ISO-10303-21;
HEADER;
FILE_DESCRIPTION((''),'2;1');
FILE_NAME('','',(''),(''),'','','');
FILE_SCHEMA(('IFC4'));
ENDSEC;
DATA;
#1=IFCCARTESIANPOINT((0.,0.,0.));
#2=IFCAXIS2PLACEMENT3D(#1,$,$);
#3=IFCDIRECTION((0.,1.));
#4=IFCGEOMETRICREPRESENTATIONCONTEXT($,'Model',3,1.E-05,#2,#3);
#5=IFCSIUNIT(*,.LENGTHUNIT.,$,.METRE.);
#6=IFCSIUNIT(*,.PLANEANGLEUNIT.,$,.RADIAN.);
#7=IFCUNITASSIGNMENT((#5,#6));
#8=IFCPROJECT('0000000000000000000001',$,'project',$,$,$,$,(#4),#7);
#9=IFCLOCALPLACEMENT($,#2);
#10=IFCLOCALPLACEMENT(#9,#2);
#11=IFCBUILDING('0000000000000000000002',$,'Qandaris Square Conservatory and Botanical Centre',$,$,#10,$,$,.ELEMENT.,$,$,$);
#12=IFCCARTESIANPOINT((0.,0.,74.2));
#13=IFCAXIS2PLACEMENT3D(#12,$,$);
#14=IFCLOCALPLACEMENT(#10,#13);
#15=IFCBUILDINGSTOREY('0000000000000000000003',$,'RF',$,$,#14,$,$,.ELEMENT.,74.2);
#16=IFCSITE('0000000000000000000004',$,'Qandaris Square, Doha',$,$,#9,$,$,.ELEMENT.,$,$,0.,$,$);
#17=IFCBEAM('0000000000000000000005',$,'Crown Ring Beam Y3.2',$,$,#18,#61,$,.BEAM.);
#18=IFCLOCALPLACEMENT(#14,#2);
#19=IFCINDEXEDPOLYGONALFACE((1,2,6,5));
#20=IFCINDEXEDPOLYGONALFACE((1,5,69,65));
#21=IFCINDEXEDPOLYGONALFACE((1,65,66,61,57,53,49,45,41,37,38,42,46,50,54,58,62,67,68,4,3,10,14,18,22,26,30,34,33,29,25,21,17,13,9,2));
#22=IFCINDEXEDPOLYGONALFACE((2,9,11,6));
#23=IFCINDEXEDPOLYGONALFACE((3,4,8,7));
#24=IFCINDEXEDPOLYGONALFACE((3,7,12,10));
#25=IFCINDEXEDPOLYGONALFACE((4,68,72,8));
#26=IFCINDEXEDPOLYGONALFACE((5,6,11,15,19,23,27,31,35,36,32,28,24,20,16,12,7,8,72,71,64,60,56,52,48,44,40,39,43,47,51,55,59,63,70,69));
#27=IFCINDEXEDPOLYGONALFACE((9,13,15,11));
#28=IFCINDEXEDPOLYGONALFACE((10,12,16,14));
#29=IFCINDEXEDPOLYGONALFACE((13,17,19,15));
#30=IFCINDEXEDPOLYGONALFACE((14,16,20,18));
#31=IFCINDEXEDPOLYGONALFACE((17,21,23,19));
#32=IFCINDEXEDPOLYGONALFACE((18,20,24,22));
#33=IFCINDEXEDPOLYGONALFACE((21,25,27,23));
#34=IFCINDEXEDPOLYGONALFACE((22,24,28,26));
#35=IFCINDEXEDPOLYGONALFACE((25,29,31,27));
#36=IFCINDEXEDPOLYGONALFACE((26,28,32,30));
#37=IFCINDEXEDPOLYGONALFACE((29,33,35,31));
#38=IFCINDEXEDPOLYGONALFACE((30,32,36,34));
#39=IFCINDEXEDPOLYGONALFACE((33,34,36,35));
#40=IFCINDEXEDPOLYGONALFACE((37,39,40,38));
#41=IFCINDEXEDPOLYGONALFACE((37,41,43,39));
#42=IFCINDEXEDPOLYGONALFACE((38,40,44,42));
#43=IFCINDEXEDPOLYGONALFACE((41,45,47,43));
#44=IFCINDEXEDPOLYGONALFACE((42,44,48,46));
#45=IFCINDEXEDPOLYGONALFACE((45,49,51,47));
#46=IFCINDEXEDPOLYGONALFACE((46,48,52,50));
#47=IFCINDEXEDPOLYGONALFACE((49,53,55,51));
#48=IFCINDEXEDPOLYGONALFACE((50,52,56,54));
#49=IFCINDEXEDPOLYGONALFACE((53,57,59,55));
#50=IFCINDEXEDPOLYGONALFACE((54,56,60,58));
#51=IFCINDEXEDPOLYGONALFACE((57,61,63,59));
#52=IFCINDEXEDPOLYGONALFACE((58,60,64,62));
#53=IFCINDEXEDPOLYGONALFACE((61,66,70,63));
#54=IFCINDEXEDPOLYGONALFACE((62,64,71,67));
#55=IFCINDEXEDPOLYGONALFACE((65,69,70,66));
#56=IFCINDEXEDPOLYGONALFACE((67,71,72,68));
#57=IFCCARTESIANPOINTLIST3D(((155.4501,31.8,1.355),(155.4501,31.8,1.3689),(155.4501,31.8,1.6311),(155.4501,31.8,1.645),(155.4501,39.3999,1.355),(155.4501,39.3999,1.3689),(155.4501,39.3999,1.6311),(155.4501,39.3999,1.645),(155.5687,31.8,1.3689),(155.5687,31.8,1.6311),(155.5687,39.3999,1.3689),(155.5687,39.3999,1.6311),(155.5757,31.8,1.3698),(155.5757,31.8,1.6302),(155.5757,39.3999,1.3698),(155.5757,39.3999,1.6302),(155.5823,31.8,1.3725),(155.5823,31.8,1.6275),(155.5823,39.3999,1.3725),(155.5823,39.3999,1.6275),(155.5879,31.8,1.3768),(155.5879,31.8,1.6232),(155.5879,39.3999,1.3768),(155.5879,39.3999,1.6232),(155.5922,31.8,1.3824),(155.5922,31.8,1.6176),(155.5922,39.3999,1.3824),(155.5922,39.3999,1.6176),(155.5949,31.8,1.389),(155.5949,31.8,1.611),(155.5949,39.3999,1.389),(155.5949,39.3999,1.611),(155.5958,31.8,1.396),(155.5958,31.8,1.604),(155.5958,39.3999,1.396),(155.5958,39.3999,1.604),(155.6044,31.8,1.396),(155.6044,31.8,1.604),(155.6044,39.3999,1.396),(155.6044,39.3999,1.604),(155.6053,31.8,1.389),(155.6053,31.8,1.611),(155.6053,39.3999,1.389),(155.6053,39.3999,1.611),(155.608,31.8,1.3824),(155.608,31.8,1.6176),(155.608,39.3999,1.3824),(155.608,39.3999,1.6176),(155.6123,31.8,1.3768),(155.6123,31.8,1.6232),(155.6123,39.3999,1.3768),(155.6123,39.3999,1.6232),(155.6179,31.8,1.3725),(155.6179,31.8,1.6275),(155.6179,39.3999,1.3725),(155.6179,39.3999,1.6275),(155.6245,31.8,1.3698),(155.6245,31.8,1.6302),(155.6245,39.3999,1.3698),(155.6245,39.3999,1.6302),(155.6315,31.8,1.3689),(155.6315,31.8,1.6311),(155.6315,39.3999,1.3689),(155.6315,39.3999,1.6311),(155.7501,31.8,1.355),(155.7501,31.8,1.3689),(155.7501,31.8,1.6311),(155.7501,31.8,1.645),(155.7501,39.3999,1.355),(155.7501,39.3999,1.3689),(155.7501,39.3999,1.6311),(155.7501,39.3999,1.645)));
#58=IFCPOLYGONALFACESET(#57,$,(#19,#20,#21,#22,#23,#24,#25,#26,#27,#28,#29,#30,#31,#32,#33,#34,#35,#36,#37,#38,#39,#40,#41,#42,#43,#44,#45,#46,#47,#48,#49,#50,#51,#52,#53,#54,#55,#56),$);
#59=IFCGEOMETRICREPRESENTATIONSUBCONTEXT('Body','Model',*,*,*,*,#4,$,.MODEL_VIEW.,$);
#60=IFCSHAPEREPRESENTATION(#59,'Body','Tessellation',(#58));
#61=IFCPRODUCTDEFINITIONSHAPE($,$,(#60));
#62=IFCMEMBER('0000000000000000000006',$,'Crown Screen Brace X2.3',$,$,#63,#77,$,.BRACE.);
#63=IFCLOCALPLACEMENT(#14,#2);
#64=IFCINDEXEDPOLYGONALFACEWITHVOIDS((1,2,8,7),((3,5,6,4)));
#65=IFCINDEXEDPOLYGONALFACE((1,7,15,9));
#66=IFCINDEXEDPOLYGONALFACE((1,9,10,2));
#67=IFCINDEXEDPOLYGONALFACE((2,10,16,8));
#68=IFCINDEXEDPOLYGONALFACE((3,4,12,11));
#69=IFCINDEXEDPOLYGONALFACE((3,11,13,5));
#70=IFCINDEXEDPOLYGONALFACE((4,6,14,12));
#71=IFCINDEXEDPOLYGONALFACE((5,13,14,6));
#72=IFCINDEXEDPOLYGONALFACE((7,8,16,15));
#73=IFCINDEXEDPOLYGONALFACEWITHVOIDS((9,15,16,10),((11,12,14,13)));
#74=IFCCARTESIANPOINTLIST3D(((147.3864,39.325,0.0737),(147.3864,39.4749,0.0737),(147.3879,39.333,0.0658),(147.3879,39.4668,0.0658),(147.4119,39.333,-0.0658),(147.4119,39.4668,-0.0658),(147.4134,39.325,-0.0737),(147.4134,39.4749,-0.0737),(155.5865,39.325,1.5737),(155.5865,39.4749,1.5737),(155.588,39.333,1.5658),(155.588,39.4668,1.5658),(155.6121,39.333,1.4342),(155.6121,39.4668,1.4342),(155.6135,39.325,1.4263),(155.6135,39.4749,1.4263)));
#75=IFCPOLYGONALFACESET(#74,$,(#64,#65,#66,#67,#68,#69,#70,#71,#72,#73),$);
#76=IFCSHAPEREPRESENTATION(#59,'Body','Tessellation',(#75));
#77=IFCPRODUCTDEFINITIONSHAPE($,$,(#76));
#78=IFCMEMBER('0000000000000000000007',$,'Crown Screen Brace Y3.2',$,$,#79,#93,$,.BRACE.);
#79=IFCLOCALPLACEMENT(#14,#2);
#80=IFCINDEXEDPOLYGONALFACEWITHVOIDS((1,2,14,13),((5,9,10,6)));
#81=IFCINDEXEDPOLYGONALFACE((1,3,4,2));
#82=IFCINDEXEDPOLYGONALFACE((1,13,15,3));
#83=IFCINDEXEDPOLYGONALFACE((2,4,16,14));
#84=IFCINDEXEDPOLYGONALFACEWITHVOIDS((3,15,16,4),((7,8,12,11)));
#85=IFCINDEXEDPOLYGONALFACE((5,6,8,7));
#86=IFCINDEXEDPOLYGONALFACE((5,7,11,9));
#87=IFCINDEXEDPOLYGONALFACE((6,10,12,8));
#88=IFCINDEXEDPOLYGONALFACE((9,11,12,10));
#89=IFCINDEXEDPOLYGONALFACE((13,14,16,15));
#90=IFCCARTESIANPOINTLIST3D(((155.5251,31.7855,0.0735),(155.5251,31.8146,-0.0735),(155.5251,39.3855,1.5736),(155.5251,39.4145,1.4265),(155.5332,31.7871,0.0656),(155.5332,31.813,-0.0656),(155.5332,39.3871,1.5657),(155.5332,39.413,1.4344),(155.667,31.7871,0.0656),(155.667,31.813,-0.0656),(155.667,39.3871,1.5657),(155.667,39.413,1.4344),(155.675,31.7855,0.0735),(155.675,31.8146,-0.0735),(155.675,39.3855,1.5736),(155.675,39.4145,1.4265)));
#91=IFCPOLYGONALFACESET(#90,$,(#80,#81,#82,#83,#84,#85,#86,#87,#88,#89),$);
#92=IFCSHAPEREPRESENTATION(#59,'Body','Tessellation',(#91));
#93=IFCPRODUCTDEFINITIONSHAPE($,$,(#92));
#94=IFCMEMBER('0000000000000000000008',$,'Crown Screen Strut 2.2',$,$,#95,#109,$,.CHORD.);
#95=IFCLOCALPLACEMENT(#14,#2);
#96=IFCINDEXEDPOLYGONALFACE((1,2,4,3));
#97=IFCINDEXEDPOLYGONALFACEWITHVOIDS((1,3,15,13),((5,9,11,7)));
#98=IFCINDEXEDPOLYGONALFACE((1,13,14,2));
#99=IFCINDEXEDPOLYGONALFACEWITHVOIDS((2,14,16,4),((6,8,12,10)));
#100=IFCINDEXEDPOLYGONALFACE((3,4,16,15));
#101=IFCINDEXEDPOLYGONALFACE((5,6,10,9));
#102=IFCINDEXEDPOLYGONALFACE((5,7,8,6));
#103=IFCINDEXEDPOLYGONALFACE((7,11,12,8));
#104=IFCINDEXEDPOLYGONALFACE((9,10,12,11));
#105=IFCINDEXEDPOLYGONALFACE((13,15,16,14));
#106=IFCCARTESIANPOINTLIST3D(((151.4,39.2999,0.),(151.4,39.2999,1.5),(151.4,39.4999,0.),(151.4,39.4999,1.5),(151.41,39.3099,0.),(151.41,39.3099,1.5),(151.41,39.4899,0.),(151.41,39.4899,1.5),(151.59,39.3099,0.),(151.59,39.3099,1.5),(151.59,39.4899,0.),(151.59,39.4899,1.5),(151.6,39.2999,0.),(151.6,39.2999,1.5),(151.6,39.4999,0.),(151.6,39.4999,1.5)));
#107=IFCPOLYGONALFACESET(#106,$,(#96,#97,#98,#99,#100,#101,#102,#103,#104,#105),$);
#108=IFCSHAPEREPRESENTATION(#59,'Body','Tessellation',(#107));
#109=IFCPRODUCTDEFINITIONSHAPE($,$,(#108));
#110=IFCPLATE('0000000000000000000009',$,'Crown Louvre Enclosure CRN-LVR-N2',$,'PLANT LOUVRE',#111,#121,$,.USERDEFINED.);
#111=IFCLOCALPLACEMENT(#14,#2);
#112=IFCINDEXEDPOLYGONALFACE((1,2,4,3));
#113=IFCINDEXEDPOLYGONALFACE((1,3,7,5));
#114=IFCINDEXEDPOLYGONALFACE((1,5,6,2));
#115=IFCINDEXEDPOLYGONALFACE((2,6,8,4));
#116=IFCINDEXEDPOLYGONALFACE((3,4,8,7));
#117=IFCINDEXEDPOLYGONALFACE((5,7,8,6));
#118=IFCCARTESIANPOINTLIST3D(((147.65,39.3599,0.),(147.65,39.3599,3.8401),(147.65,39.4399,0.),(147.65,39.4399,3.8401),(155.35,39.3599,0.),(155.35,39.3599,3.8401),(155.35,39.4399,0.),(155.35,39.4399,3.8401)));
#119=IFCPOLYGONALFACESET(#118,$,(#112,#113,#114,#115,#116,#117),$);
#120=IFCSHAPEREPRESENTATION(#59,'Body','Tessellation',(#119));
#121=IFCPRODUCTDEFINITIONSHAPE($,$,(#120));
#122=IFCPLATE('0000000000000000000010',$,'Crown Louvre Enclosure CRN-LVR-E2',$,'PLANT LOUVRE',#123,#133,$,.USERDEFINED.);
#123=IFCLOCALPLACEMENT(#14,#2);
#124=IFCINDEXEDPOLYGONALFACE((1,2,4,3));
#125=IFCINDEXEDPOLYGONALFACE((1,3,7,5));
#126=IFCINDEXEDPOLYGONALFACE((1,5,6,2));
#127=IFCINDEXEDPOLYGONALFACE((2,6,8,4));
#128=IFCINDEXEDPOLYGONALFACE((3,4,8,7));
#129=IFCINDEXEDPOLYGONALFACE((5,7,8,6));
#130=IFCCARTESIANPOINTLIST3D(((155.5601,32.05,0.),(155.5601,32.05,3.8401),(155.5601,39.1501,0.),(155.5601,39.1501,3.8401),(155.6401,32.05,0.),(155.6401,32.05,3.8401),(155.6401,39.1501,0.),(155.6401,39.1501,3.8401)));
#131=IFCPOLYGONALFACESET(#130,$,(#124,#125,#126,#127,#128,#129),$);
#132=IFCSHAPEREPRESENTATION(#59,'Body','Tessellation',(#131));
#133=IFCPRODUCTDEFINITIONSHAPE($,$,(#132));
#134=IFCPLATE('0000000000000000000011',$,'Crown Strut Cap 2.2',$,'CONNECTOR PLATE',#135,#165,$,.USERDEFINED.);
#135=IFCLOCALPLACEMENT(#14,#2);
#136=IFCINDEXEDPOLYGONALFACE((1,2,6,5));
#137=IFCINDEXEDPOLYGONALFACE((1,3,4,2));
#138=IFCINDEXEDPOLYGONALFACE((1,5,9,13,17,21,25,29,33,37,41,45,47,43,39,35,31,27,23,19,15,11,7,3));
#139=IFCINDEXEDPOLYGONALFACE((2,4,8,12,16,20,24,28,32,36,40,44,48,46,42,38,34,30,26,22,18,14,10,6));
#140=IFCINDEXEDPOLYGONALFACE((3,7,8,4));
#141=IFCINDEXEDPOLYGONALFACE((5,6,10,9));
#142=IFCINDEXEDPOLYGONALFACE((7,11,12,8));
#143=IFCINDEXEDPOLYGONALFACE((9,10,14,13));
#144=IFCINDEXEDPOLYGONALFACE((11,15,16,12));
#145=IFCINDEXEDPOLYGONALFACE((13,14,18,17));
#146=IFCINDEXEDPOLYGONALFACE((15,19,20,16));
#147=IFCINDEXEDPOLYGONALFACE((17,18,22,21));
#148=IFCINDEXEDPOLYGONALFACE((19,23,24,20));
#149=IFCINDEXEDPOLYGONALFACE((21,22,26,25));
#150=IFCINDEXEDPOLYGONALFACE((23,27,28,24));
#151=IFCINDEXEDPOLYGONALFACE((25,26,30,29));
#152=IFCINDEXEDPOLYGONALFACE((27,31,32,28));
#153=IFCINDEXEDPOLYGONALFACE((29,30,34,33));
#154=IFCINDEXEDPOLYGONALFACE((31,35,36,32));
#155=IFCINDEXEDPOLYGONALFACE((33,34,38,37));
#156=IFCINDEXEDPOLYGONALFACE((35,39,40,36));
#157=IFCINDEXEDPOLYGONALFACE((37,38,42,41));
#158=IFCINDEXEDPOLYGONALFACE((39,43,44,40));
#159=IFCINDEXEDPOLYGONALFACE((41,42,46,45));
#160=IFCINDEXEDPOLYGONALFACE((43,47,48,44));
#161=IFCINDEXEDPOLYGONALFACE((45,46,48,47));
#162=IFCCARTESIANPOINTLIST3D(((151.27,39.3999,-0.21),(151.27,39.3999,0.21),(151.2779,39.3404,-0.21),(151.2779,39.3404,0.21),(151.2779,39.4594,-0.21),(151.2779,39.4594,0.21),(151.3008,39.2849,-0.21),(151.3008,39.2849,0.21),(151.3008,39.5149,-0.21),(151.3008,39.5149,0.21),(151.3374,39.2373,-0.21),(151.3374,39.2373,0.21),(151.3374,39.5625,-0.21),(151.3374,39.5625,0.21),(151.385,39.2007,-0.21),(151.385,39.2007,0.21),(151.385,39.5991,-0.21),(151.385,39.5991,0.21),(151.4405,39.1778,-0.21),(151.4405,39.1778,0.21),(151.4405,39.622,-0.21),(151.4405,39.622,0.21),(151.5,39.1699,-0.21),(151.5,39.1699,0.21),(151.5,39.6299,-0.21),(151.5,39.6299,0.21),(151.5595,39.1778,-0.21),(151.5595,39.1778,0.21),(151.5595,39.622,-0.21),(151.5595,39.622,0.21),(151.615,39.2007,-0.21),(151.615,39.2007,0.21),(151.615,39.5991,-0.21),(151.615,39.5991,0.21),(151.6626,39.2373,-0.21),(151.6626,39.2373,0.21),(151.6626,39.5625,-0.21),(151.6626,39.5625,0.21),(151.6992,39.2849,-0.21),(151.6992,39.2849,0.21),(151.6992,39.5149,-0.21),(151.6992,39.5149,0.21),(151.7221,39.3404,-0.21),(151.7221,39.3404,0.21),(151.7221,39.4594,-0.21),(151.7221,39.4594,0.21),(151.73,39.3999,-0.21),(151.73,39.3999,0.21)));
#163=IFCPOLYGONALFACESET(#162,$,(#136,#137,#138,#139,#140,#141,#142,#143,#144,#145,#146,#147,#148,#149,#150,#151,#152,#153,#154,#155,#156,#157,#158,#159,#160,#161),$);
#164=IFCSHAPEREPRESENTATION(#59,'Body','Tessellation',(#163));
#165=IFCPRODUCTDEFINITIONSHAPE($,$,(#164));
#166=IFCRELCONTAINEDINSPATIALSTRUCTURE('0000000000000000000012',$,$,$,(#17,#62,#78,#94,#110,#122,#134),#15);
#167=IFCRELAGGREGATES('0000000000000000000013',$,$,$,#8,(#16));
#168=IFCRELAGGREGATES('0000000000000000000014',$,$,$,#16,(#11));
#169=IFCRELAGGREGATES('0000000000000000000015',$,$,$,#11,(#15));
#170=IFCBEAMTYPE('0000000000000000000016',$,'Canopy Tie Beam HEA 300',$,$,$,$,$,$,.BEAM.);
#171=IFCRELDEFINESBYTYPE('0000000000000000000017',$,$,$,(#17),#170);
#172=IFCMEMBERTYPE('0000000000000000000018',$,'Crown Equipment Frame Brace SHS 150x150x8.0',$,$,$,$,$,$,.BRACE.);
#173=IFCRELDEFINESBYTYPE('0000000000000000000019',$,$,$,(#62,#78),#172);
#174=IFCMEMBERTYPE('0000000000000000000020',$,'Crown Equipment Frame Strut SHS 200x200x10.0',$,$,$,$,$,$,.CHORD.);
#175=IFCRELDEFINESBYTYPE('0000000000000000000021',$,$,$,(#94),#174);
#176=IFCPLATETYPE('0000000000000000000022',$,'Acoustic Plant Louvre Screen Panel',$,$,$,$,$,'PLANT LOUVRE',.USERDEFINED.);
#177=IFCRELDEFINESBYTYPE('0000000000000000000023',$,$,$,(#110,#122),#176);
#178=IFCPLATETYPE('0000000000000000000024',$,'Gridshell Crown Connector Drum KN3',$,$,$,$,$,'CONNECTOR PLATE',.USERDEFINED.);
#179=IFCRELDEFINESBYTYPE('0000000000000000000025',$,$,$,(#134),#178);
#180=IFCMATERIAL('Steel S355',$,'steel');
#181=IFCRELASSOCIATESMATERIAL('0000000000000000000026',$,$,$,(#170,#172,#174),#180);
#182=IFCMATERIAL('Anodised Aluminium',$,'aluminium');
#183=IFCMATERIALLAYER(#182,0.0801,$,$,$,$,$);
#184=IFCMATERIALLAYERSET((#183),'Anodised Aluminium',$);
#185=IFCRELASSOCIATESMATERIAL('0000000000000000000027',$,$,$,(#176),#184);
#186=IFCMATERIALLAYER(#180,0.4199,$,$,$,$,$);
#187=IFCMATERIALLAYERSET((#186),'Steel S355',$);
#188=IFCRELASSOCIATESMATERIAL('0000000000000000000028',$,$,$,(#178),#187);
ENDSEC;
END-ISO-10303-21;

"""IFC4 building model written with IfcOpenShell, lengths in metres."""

from ifc_helpers import new_model, si_unit, direction, frame, origin, origin_2d, place, context, subcontext, project, spatial, rectangle, hollow_rectangle, circle, i_section, extrude, material, layer, layer_set, material_profile, profile_set, type_object, element, save


model = new_model("IFC4")

# Units and contexts
model_context = context("Model", 3, precision=1e-05, world=origin(), true_north=direction((0.0, 1.0)))
body_context = subcontext(model_context, "Body", "Model", "MODEL_VIEW")
ifc_project = project(units=[si_unit("LENGTHUNIT", "METRE"), si_unit("PLANEANGLEUNIT", "RADIAN")], contexts=[model_context])

# Site, building, storey
site_placement = place(None, origin())
site = spatial("IfcSite", under=ifc_project, at=site_placement, Name="Qandaris Square, Doha", CompositionType="ELEMENT", RefElevation=0.0)
building_placement = place(site_placement, origin())
building = spatial("IfcBuilding", under=site, at=building_placement, Name="Qandaris Square Conservatory and Botanical Centre", CompositionType="ELEMENT")
storey_placement = place(building_placement, frame((0.0, 0.0, 74.2)))
storey = spatial("IfcBuildingStorey", under=building, at=storey_placement, Name="RF", CompositionType="ELEMENT", Elevation=74.2)

# Beam
ifc_material_1 = material(Name="Steel S355", Category="steel")
ifc_material_profile_1 = material_profile(ifc_material_1, i_section(OverallWidth=0.3, OverallDepth=0.29, WebThickness=0.0085, FlangeThickness=0.0139, FilletRadius=0.0271, at=origin_2d()), Name="HEA 300")
ifc_profile_set_1 = profile_set([ifc_material_profile_1], Name="Steel S355")
beam_type = type_object("IfcBeamType", Name="Canopy Tie Beam HEA 300", PredefinedType="BEAM", material=ifc_profile_set_1)
for number, where, z_axis, x_axis, name in (
    (1, (155.6001, 31.8, 1.5), (0.0, 1.0, 0.0), (-1.0, 0.0, 0.0), "Crown Ring Beam Y3.2"),
):
    element("IfcBeam", number, at=place(storey_placement, frame(where, z_axis=z_axis, x_axis=x_axis)), inside=storey, type_object=beam_type, Name=name, PredefinedType="BEAM", context=body_context, shape_type="SweptSolid", body=[
        extrude(i_section(OverallWidth=0.3, OverallDepth=0.29, WebThickness=0.0085, FlangeThickness=0.0139, FilletRadius=0.0271, at=origin_2d()), origin(), (0.0, 0.0, 1.0), 7.5999),
    ])

# Members
ifc_material_profile_2 = material_profile(ifc_material_1, hollow_rectangle(XDim=0.1499, YDim=0.1499, WallThickness=0.0081, at=origin_2d()), Name="SHS 150x150x8.0")
ifc_profile_set_2 = profile_set([ifc_material_profile_2], Name="Steel S355")
member_type_1 = type_object("IfcMemberType", Name="Crown Equipment Frame Brace SHS 150x150x8.0", PredefinedType="BRACE", material=ifc_profile_set_2)
member_1_placement = place(storey_placement, frame((147.3999, 39.3999, 0.0), z_axis=(0.983678, 0.0, 0.179937), x_axis=(0.0, 1.0, 0.0)))
element("IfcMember", 2, at=member_1_placement, inside=storey, type_object=member_type_1, Name="Crown Screen Brace X2.3", PredefinedType="BRACE", context=body_context, shape_type="SweptSolid", body=[
    extrude(hollow_rectangle(XDim=0.1499, YDim=0.1499, WallThickness=0.0081, at=origin_2d()), origin(), (0.0, 0.0, 1.0), 8.3362),
])
member_2_placement = place(storey_placement, frame((155.6001, 31.8, 0.0), z_axis=(0.0, 0.981073, 0.193637), x_axis=(-1.0, 0.0, 0.0)))
element("IfcMember", 3, at=member_2_placement, inside=storey, type_object=member_type_1, Name="Crown Screen Brace Y3.2", PredefinedType="BRACE", context=body_context, shape_type="SweptSolid", body=[
    extrude(hollow_rectangle(XDim=0.1499, YDim=0.1499, WallThickness=0.0081, at=origin_2d()), origin(), (0.0, 0.0, 1.0), 7.7466),
])
ifc_material_profile_3 = material_profile(ifc_material_1, hollow_rectangle(XDim=0.2, YDim=0.2, WallThickness=0.01, at=origin_2d()), Name="SHS 200x200x10.0")
ifc_profile_set_3 = profile_set([ifc_material_profile_3], Name="Steel S355")
member_type_2 = type_object("IfcMemberType", Name="Crown Equipment Frame Strut SHS 200x200x10.0", PredefinedType="CHORD", material=ifc_profile_set_3)
member_3_placement = place(storey_placement, frame((151.5, 39.3999, 0.0), z_axis=(0.0, 0.0, 1.0), x_axis=(1.0, 0.0, 0.0)))
element("IfcMember", 4, at=member_3_placement, inside=storey, type_object=member_type_2, Name="Crown Screen Strut 2.2", PredefinedType="CHORD", context=body_context, shape_type="SweptSolid", body=[
    extrude(hollow_rectangle(XDim=0.2, YDim=0.2, WallThickness=0.01, at=origin_2d()), origin(), (0.0, 0.0, 1.0), 1.5),
])

# Plates
ifc_material_2 = material(Name="Anodised Aluminium", Category="aluminium")
ifc_layer_1 = layer(ifc_material_2, 0.0801)
ifc_layer_set_1 = layer_set([ifc_layer_1], Name="Anodised Aluminium")
plate_type_1 = type_object("IfcPlateType", Name="Acoustic Plant Louvre Screen Panel", ElementType="PLANT LOUVRE", PredefinedType="USERDEFINED", material=ifc_layer_set_1)
plate_1_placement = place(storey_placement, frame((151.5, 39.3999, 0.0), z_axis=(0.0, 0.0, 1.0), x_axis=(1.0, 0.0, 0.0)))
element("IfcPlate", 5, at=plate_1_placement, inside=storey, type_object=plate_type_1, Name="Crown Louvre Enclosure CRN-LVR-N2", ObjectType="PLANT LOUVRE", PredefinedType="USERDEFINED", context=body_context, shape_type="SweptSolid", body=[
    extrude(rectangle(XDim=7.7, YDim=0.0801, at=origin_2d()), origin(), (0.0, 0.0, 1.0), 3.8401),
])
plate_2_placement = place(storey_placement, frame((155.6001, 35.6001, 0.0), z_axis=(0.0, 0.0, 1.0), x_axis=(0.0, 1.0, 0.0)))
element("IfcPlate", 6, at=plate_2_placement, inside=storey, type_object=plate_type_1, Name="Crown Louvre Enclosure CRN-LVR-E2", ObjectType="PLANT LOUVRE", PredefinedType="USERDEFINED", context=body_context, shape_type="SweptSolid", body=[
    extrude(rectangle(XDim=7.1001, YDim=0.0801, at=origin_2d()), origin(), (0.0, 0.0, 1.0), 3.8401),
])
ifc_layer_2 = layer(ifc_material_1, 0.4199)
ifc_layer_set_2 = layer_set([ifc_layer_2], Name="Steel S355")
plate_type_2 = type_object("IfcPlateType", Name="Gridshell Crown Connector Drum KN3", ElementType="CONNECTOR PLATE", PredefinedType="USERDEFINED", material=ifc_layer_set_2)
for number, where, z_axis, x_axis, name in (
    (7, (151.5, 39.3999, -0.21), (0.0, 0.0, 1.0), (1.0, 0.0, 0.0), "Crown Strut Cap 2.2"),
):
    element("IfcPlate", number, at=place(storey_placement, frame(where, z_axis=z_axis, x_axis=x_axis)), inside=storey, type_object=plate_type_2, Name=name, ObjectType="CONNECTOR PLATE", PredefinedType="USERDEFINED", context=body_context, shape_type="SweptSolid", body=[
        extrude(circle(Radius=0.23, at=origin_2d()), origin(), (0.0, 0.0, 1.0), 0.4199),
    ])

save(model, "model.ifc")
